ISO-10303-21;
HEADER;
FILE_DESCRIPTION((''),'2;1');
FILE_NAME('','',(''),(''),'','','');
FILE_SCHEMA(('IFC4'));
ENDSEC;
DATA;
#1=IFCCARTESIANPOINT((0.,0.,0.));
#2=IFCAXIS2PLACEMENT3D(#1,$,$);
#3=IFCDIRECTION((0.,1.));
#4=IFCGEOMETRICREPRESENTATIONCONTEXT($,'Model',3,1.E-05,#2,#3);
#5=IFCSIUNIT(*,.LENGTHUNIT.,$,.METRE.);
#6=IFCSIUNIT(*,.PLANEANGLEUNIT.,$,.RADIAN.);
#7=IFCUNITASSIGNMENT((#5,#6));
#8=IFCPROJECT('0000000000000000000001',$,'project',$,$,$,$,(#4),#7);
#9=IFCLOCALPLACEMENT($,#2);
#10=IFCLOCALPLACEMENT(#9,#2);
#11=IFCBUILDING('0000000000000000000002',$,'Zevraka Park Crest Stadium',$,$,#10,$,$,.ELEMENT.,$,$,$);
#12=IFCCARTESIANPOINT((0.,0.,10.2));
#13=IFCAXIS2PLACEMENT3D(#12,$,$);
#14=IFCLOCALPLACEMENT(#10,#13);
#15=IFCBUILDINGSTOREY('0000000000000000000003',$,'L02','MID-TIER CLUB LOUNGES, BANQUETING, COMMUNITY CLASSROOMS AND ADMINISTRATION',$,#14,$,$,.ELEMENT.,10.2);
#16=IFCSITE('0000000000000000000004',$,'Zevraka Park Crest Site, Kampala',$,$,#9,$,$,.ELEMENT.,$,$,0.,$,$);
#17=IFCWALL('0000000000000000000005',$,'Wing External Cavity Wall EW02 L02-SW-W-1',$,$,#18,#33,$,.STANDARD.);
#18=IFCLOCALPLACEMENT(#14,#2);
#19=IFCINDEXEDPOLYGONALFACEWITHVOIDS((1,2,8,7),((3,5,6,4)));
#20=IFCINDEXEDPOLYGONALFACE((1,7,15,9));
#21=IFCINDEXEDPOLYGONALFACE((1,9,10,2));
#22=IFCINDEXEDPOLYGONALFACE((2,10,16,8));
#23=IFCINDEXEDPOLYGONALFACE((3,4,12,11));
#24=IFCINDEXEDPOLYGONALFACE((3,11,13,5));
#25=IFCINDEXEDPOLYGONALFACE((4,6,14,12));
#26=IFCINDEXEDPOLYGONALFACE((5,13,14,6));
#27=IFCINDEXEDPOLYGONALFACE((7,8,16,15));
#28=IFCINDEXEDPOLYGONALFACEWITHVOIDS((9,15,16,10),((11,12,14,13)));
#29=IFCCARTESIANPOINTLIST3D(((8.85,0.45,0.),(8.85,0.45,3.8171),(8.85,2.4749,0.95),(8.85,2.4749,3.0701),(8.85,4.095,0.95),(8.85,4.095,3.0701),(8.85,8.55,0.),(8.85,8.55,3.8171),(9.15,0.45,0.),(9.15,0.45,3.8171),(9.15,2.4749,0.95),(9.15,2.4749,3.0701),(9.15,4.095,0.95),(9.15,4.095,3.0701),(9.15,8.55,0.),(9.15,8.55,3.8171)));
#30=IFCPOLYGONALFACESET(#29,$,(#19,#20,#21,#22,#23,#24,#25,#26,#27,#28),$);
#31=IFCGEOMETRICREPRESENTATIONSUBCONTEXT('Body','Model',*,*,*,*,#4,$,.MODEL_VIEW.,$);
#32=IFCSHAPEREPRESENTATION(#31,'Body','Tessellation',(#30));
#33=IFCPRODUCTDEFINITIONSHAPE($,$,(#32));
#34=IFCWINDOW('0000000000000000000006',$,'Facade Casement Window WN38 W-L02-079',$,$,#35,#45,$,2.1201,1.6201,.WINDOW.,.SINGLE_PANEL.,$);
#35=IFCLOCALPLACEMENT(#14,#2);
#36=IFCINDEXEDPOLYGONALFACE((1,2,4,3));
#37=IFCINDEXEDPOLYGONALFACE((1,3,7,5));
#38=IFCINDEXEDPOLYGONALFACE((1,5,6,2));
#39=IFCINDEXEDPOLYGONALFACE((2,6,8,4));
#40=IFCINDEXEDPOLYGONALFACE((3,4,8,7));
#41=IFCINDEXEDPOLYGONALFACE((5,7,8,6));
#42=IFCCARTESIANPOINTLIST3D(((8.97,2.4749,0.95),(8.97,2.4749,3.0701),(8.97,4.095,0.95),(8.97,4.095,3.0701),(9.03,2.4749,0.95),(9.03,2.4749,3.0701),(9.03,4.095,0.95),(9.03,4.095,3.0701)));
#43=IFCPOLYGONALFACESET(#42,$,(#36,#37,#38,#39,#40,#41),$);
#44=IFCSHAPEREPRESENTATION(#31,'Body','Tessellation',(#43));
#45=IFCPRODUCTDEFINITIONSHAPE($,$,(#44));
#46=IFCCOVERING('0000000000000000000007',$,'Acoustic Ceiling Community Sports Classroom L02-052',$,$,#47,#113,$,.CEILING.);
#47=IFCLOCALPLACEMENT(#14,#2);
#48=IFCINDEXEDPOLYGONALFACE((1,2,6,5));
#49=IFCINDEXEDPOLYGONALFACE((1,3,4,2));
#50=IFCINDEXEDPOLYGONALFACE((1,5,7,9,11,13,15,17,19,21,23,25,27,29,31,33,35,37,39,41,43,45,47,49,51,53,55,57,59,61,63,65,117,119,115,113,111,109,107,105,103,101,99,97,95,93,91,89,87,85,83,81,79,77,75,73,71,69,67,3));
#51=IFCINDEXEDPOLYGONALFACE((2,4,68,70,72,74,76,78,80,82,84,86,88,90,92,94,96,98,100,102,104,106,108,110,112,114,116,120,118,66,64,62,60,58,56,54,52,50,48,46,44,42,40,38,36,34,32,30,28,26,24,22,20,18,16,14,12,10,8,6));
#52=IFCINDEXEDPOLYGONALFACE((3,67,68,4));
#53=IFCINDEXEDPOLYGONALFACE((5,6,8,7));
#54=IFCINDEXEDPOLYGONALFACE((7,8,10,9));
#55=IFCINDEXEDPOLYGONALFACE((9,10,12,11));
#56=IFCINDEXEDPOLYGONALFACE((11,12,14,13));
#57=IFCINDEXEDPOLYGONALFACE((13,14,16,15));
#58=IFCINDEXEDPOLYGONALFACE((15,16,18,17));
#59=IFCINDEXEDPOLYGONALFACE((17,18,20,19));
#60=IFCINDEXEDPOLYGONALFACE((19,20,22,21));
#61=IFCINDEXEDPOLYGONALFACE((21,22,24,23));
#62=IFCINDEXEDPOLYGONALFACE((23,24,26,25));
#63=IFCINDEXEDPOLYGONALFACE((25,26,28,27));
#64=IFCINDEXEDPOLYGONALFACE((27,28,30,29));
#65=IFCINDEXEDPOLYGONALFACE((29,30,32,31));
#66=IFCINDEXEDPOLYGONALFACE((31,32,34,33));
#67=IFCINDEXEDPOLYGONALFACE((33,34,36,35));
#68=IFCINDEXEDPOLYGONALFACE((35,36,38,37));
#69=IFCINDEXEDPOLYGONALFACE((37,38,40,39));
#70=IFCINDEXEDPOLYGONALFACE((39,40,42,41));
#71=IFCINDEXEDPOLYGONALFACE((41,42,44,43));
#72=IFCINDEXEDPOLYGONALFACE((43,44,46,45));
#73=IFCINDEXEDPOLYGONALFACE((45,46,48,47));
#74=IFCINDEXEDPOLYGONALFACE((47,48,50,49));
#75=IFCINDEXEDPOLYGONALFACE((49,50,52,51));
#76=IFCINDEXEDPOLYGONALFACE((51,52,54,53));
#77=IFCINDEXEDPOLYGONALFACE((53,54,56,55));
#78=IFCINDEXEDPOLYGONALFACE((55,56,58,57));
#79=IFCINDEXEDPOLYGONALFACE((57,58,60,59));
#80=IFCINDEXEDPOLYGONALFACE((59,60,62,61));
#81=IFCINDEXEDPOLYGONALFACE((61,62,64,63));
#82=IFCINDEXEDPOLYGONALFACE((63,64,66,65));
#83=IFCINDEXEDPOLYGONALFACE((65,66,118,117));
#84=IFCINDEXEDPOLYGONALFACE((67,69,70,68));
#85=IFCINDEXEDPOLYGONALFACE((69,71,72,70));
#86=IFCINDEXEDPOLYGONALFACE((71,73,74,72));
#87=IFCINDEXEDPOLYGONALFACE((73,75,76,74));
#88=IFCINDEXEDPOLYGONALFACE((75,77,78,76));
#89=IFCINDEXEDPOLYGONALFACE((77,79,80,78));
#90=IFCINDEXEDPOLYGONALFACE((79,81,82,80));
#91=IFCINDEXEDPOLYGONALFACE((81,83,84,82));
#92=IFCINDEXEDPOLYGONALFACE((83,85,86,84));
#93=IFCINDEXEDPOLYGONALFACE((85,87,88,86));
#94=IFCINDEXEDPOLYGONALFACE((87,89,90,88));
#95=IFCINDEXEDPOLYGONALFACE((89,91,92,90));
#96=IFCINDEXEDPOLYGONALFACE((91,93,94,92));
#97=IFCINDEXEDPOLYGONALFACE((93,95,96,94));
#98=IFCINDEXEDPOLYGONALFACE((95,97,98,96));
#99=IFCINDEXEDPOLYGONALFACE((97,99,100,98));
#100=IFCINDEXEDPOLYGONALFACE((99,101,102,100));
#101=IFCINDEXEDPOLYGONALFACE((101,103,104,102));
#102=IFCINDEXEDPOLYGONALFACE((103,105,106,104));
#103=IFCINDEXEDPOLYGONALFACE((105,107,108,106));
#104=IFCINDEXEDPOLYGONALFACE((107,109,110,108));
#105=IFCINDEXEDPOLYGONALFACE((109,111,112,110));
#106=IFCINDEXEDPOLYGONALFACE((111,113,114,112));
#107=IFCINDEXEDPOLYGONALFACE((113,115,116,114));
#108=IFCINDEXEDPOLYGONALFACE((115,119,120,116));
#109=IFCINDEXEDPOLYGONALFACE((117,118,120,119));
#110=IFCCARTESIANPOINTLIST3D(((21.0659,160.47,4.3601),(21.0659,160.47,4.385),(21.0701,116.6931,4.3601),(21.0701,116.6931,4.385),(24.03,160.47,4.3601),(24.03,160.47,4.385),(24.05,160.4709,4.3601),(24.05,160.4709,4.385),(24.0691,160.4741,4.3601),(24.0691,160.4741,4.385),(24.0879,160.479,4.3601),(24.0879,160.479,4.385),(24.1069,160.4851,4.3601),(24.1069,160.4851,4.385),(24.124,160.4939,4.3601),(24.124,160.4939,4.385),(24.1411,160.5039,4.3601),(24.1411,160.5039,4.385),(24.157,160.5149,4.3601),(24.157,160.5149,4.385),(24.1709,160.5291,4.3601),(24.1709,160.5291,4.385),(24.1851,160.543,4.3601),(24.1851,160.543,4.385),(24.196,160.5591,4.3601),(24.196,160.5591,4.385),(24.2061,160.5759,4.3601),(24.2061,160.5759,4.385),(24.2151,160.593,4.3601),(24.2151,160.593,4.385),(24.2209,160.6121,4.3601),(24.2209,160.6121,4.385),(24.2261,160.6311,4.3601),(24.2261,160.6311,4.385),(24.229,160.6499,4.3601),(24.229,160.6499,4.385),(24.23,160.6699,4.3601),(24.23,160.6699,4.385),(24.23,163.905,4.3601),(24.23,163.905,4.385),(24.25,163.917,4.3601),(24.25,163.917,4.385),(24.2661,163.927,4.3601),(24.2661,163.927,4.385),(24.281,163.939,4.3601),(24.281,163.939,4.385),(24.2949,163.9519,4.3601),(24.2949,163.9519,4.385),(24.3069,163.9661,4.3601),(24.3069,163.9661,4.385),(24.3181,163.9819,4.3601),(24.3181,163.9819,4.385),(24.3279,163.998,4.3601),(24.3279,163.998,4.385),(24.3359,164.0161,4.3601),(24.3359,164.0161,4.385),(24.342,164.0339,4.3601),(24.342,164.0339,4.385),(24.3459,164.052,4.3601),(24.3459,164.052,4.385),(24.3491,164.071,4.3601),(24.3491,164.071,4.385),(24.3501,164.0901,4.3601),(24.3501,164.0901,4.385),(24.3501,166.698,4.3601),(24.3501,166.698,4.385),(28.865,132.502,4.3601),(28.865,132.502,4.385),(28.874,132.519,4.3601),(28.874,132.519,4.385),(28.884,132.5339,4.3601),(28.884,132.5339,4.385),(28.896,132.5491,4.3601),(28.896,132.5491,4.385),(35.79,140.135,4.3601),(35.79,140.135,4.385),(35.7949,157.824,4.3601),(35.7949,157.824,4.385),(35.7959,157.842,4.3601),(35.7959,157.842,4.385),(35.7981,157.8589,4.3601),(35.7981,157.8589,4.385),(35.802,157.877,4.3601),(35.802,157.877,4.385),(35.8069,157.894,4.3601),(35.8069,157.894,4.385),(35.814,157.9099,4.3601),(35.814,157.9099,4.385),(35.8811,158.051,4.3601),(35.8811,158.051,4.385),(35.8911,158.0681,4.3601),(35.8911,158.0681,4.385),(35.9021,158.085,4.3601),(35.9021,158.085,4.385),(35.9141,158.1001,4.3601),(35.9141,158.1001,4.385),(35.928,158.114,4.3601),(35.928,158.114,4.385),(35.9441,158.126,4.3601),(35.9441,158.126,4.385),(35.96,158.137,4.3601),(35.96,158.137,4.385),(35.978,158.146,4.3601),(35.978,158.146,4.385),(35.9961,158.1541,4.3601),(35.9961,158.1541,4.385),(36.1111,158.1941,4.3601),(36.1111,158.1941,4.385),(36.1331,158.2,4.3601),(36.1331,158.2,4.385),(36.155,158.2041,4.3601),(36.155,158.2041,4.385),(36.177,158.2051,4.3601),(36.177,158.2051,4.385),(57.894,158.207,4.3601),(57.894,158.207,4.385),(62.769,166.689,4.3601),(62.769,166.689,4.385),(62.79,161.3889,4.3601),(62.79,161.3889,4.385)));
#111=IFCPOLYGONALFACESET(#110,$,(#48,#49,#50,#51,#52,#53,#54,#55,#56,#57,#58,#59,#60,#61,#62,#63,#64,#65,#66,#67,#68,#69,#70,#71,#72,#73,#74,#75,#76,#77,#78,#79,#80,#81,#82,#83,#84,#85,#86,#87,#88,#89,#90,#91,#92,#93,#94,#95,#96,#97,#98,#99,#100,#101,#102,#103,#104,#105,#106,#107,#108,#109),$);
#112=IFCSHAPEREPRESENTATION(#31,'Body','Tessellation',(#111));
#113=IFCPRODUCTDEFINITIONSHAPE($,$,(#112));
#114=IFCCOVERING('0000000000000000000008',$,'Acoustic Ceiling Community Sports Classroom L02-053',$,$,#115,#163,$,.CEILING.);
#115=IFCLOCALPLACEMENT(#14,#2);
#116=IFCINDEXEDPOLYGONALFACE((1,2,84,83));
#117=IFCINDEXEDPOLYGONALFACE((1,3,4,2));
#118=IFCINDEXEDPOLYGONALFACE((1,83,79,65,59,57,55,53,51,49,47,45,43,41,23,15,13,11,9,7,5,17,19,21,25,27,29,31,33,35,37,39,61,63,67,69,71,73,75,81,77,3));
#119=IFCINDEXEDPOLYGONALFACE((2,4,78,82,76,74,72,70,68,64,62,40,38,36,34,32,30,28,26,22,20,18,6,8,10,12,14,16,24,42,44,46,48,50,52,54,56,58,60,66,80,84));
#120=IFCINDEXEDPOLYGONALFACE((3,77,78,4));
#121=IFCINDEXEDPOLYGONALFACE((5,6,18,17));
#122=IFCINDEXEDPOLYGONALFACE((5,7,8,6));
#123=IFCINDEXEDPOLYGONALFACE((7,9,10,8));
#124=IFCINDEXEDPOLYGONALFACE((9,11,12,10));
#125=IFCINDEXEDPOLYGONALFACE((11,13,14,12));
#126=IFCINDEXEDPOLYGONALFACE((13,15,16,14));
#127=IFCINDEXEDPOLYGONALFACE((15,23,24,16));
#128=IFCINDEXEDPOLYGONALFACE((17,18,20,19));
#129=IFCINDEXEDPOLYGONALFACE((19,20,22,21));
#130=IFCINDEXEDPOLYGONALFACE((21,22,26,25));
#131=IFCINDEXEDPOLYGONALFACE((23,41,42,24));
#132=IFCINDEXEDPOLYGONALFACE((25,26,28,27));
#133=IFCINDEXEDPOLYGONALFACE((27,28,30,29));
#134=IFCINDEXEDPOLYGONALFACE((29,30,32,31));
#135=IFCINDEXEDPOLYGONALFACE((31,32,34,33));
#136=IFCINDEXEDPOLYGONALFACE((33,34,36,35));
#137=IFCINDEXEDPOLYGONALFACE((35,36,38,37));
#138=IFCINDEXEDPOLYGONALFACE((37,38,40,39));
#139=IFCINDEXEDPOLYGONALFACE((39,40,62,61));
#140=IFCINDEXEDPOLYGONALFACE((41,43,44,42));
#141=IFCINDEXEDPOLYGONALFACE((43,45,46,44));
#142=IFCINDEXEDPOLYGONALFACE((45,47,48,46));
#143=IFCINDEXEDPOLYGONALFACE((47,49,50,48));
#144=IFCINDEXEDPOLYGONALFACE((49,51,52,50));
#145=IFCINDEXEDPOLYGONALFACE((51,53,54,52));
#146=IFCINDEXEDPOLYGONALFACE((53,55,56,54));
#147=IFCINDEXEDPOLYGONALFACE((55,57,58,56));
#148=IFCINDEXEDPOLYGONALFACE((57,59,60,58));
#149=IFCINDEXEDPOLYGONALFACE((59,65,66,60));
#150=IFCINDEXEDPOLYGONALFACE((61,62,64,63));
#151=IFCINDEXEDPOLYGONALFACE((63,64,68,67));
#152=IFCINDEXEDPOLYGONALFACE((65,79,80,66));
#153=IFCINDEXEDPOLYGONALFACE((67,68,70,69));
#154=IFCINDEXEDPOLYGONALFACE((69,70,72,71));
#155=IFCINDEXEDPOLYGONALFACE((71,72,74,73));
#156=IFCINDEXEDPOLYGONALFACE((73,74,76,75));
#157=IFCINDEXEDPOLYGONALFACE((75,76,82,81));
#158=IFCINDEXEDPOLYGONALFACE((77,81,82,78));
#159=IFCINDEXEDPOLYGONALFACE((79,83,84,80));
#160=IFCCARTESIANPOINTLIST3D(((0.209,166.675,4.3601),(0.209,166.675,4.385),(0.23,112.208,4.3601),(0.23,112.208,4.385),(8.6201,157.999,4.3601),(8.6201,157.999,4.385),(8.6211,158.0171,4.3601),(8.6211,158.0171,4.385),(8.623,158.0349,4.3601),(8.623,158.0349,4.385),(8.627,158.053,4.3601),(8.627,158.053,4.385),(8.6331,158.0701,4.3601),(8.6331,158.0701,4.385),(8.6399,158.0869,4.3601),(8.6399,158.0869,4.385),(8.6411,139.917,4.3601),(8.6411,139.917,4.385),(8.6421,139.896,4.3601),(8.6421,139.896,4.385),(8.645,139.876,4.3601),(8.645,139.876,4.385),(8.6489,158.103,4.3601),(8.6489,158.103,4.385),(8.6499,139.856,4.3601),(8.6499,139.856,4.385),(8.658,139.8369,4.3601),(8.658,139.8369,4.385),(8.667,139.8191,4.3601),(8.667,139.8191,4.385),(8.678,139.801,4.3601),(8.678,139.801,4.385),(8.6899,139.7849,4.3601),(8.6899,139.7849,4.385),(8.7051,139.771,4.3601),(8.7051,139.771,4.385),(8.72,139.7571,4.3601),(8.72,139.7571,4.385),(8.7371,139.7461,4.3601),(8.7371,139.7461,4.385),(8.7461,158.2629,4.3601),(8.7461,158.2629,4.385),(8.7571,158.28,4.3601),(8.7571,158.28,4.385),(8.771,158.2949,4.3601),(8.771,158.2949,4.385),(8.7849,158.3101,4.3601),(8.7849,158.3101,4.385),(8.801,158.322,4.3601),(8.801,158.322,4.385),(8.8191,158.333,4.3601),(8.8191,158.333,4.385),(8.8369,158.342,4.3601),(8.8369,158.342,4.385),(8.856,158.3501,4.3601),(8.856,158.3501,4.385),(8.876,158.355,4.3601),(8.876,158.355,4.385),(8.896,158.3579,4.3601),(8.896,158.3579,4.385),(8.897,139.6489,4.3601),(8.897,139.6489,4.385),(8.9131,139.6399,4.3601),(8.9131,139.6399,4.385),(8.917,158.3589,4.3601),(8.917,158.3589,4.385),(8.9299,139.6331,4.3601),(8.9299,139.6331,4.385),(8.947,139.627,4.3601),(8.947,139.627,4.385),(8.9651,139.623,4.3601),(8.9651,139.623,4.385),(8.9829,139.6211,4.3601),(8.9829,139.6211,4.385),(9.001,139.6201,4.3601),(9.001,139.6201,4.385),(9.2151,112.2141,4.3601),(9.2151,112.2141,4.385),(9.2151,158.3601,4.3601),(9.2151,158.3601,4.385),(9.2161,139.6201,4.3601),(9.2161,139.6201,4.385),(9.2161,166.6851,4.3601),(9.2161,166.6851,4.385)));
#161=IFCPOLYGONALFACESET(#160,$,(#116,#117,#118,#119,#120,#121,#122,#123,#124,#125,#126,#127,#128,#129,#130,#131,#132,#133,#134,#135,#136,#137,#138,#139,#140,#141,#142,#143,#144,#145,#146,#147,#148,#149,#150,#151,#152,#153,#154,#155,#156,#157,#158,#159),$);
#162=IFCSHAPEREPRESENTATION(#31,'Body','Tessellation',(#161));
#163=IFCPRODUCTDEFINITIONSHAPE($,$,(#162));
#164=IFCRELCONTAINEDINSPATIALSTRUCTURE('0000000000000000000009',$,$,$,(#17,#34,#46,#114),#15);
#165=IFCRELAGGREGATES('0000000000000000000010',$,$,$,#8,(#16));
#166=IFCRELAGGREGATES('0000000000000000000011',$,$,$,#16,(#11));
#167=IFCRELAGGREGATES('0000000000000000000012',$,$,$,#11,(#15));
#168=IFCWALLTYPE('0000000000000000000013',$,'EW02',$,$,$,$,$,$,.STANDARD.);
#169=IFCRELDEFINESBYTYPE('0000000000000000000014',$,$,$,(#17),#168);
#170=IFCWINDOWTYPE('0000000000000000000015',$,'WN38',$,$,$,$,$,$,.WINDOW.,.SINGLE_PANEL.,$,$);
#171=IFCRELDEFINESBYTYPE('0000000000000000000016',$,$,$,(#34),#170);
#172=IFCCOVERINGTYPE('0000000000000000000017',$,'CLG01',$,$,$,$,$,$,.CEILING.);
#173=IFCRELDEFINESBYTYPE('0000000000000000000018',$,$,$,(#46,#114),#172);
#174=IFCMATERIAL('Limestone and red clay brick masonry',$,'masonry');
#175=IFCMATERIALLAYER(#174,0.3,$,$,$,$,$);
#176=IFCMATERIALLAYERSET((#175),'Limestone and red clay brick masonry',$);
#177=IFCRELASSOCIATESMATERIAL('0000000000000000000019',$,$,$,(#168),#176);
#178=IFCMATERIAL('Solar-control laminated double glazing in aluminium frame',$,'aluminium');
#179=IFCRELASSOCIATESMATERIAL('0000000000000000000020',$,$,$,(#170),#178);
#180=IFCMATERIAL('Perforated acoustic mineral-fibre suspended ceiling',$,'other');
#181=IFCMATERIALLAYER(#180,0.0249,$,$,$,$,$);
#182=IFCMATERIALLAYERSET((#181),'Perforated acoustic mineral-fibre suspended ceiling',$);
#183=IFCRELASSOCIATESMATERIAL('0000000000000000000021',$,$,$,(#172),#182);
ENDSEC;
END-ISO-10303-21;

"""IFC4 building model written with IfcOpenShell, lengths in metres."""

from ifc_helpers import new_model, si_unit, direction, frame, frame_2d, origin, place, context, subcontext, project, spatial, polyline, rectangle, outline, extrude, material, layer, layer_set, type_object, element, fill, save


model = new_model("IFC4")

# Units and contexts
model_context = context("Model", 3, precision=1e-05, world=origin(), true_north=direction((0.0, 1.0)))
body_context = subcontext(model_context, "Body", "Model", "MODEL_VIEW")
ifc_project = project(units=[si_unit("LENGTHUNIT", "METRE"), si_unit("PLANEANGLEUNIT", "RADIAN")], contexts=[model_context])

# Site, building, storey
site_placement = place(None, origin())
site = spatial("IfcSite", under=ifc_project, at=site_placement, Name="Zevraka Park Crest Site, Kampala", CompositionType="ELEMENT", RefElevation=0.0)
building_placement = place(site_placement, origin())
building = spatial("IfcBuilding", under=site, at=building_placement, Name="Zevraka Park Crest Stadium", CompositionType="ELEMENT")
storey_placement = place(building_placement, frame((0.0, 0.0, 10.2)))
storey = spatial("IfcBuildingStorey", under=building, at=storey_placement, Name="L02", Description="MID-TIER CLUB LOUNGES, BANQUETING, COMMUNITY CLASSROOMS AND ADMINISTRATION", CompositionType="ELEMENT", Elevation=10.2)

# Wall, opening, window
ifc_material_1 = material(Name="Limestone and red clay brick masonry", Category="masonry")
ifc_layer_1 = layer(ifc_material_1, 0.3)
ifc_layer_set_1 = layer_set([ifc_layer_1], Name="Limestone and red clay brick masonry")
wall_type = type_object("IfcWallType", Name="EW02", PredefinedType="STANDARD", material=ifc_layer_set_1)
wall_placement = place(storey_placement, frame((9.0, 0.45, 0.0), z_axis=(0.0, 0.0, 1.0), x_axis=(0.0, 1.0, 0.0)))
wall = element("IfcWall", 1, at=wall_placement, inside=storey, type_object=wall_type, Name="Wing External Cavity Wall EW02 L02-SW-W-1", PredefinedType="STANDARD", context=body_context, shape_type="SweptSolid", body=[
    extrude(rectangle(XDim=8.1001, YDim=0.3, at=frame_2d((4.05, 0.0))), origin(), (0.0, 0.0, 1.0), 3.8171),
])
opening_placement = place(wall_placement, frame((2.0249, 0.0, 0.95)))
opening = element("IfcOpeningElement", 2, at=opening_placement, cuts=wall, PredefinedType="OPENING", context=body_context, shape_type="SweptSolid", body=[
    extrude(rectangle(XDim=1.6201, YDim=2.1201, at=frame_2d((0.8101, 1.0601))), frame((0.0, 0.1599, 0.0), z_axis=(0.0, -1.0, 0.0), x_axis=(1.0, 0.0, 0.0)), (0.0, 0.0, 1.0), 0.3201),
])
ifc_material_2 = material(Name="Solar-control laminated double glazing in aluminium frame", Category="aluminium")
window_type = type_object("IfcWindowType", Name="WN38", PartitioningType="SINGLE_PANEL", PredefinedType="WINDOW", material=ifc_material_2)
window_placement = place(opening_placement, origin())
window = element("IfcWindow", 3, at=window_placement, inside=storey, type_object=window_type, Name="Facade Casement Window WN38 W-L02-079", OverallHeight=2.1201, OverallWidth=1.6201, PartitioningType="SINGLE_PANEL", PredefinedType="WINDOW", context=body_context, shape_type="SweptSolid", body=[
    extrude(rectangle(XDim=1.6201, YDim=2.1201, at=frame_2d((0.8101, 1.0601))), frame((0.0, 0.03, 0.0), z_axis=(0.0, -1.0, 0.0), x_axis=(1.0, 0.0, 0.0)), (0.0, 0.0, 1.0), 0.0601),
])
fill(opening, window)

# Coverings
ifc_material_3 = material(Name="Perforated acoustic mineral-fibre suspended ceiling", Category="other")
ifc_layer_2 = layer(ifc_material_3, 0.0249)
ifc_layer_set_2 = layer_set([ifc_layer_2], Name="Perforated acoustic mineral-fibre suspended ceiling")
covering_type_1 = type_object("IfcCoveringType", Name="CLG01", PredefinedType="CEILING", material=ifc_layer_set_2)
covering_1_placement = place(storey_placement, frame((0.0, 0.0, 4.3601)))
element("IfcCovering", 4, at=covering_1_placement, inside=storey, type_object=covering_type_1, Name="Acoustic Ceiling Community Sports Classroom L02-052", PredefinedType="CEILING", context=body_context, shape_type="SweptSolid", body=[
    extrude(outline(polyline([(21.0659, 160.47), (24.03, 160.47), (24.05, 160.4709), (24.0691, 160.4741), (24.0879, 160.479), (24.1069, 160.4851), (24.124, 160.4939), (24.1411, 160.5039), (24.157, 160.5149), (24.1709, 160.5291), (24.1851, 160.543), (24.196, 160.5591), (24.2061, 160.5759), (24.2151, 160.593), (24.2209, 160.6121), (24.2261, 160.6311), (24.229, 160.6499), (24.23, 160.6699), (24.23, 163.905), (24.25, 163.917), (24.2661, 163.927), (24.281, 163.939), (24.2949, 163.9519), (24.3069, 163.9661), (24.3181, 163.9819), (24.3279, 163.998), (24.3359, 164.0161), (24.342, 164.0339), (24.3459, 164.052), (24.3491, 164.071), (24.3501, 164.0901), (24.3501, 166.698), (62.769, 166.689), (62.79, 161.3889), (57.894, 158.207), (36.177, 158.2051), (36.155, 158.2041), (36.1331, 158.2), (36.1111, 158.1941), (35.9961, 158.1541), (35.978, 158.146), (35.96, 158.137), (35.9441, 158.126), (35.928, 158.114), (35.9141, 158.1001), (35.9021, 158.085), (35.8911, 158.0681), (35.8811, 158.051), (35.814, 157.9099), (35.8069, 157.894), (35.802, 157.877), (35.7981, 157.8589), (35.7959, 157.842), (35.7949, 157.824), (35.79, 140.135), (28.896, 132.5491), (28.884, 132.5339), (28.874, 132.519), (28.865, 132.502), (21.0701, 116.6931), (21.0659, 160.47)])), origin(), (0.0, 0.0, 1.0), 0.0249),
])
covering_2_placement = place(storey_placement, frame((0.0, 0.0, 4.3601)))
element("IfcCovering", 5, at=covering_2_placement, inside=storey, type_object=covering_type_1, Name="Acoustic Ceiling Community Sports Classroom L02-053", PredefinedType="CEILING", context=body_context, shape_type="SweptSolid", body=[
    extrude(outline(polyline([(0.23, 112.208), (0.209, 166.675), (9.2161, 166.6851), (9.2151, 158.3601), (8.917, 158.3589), (8.896, 158.3579), (8.876, 158.355), (8.856, 158.3501), (8.8369, 158.342), (8.8191, 158.333), (8.801, 158.322), (8.7849, 158.3101), (8.771, 158.2949), (8.7571, 158.28), (8.7461, 158.2629), (8.6489, 158.103), (8.6399, 158.0869), (8.6331, 158.0701), (8.627, 158.053), (8.623, 158.0349), (8.6211, 158.0171), (8.6201, 157.999), (8.6411, 139.917), (8.6421, 139.896), (8.645, 139.876), (8.6499, 139.856), (8.658, 139.8369), (8.667, 139.8191), (8.678, 139.801), (8.6899, 139.7849), (8.7051, 139.771), (8.72, 139.7571), (8.7371, 139.7461), (8.897, 139.6489), (8.9131, 139.6399), (8.9299, 139.6331), (8.947, 139.627), (8.9651, 139.623), (8.9829, 139.6211), (9.001, 139.6201), (9.2161, 139.6201), (9.2151, 112.2141), (0.23, 112.208)])), origin(), (0.0, 0.0, 1.0), 0.0249),
])

save(model, "model.ifc")
